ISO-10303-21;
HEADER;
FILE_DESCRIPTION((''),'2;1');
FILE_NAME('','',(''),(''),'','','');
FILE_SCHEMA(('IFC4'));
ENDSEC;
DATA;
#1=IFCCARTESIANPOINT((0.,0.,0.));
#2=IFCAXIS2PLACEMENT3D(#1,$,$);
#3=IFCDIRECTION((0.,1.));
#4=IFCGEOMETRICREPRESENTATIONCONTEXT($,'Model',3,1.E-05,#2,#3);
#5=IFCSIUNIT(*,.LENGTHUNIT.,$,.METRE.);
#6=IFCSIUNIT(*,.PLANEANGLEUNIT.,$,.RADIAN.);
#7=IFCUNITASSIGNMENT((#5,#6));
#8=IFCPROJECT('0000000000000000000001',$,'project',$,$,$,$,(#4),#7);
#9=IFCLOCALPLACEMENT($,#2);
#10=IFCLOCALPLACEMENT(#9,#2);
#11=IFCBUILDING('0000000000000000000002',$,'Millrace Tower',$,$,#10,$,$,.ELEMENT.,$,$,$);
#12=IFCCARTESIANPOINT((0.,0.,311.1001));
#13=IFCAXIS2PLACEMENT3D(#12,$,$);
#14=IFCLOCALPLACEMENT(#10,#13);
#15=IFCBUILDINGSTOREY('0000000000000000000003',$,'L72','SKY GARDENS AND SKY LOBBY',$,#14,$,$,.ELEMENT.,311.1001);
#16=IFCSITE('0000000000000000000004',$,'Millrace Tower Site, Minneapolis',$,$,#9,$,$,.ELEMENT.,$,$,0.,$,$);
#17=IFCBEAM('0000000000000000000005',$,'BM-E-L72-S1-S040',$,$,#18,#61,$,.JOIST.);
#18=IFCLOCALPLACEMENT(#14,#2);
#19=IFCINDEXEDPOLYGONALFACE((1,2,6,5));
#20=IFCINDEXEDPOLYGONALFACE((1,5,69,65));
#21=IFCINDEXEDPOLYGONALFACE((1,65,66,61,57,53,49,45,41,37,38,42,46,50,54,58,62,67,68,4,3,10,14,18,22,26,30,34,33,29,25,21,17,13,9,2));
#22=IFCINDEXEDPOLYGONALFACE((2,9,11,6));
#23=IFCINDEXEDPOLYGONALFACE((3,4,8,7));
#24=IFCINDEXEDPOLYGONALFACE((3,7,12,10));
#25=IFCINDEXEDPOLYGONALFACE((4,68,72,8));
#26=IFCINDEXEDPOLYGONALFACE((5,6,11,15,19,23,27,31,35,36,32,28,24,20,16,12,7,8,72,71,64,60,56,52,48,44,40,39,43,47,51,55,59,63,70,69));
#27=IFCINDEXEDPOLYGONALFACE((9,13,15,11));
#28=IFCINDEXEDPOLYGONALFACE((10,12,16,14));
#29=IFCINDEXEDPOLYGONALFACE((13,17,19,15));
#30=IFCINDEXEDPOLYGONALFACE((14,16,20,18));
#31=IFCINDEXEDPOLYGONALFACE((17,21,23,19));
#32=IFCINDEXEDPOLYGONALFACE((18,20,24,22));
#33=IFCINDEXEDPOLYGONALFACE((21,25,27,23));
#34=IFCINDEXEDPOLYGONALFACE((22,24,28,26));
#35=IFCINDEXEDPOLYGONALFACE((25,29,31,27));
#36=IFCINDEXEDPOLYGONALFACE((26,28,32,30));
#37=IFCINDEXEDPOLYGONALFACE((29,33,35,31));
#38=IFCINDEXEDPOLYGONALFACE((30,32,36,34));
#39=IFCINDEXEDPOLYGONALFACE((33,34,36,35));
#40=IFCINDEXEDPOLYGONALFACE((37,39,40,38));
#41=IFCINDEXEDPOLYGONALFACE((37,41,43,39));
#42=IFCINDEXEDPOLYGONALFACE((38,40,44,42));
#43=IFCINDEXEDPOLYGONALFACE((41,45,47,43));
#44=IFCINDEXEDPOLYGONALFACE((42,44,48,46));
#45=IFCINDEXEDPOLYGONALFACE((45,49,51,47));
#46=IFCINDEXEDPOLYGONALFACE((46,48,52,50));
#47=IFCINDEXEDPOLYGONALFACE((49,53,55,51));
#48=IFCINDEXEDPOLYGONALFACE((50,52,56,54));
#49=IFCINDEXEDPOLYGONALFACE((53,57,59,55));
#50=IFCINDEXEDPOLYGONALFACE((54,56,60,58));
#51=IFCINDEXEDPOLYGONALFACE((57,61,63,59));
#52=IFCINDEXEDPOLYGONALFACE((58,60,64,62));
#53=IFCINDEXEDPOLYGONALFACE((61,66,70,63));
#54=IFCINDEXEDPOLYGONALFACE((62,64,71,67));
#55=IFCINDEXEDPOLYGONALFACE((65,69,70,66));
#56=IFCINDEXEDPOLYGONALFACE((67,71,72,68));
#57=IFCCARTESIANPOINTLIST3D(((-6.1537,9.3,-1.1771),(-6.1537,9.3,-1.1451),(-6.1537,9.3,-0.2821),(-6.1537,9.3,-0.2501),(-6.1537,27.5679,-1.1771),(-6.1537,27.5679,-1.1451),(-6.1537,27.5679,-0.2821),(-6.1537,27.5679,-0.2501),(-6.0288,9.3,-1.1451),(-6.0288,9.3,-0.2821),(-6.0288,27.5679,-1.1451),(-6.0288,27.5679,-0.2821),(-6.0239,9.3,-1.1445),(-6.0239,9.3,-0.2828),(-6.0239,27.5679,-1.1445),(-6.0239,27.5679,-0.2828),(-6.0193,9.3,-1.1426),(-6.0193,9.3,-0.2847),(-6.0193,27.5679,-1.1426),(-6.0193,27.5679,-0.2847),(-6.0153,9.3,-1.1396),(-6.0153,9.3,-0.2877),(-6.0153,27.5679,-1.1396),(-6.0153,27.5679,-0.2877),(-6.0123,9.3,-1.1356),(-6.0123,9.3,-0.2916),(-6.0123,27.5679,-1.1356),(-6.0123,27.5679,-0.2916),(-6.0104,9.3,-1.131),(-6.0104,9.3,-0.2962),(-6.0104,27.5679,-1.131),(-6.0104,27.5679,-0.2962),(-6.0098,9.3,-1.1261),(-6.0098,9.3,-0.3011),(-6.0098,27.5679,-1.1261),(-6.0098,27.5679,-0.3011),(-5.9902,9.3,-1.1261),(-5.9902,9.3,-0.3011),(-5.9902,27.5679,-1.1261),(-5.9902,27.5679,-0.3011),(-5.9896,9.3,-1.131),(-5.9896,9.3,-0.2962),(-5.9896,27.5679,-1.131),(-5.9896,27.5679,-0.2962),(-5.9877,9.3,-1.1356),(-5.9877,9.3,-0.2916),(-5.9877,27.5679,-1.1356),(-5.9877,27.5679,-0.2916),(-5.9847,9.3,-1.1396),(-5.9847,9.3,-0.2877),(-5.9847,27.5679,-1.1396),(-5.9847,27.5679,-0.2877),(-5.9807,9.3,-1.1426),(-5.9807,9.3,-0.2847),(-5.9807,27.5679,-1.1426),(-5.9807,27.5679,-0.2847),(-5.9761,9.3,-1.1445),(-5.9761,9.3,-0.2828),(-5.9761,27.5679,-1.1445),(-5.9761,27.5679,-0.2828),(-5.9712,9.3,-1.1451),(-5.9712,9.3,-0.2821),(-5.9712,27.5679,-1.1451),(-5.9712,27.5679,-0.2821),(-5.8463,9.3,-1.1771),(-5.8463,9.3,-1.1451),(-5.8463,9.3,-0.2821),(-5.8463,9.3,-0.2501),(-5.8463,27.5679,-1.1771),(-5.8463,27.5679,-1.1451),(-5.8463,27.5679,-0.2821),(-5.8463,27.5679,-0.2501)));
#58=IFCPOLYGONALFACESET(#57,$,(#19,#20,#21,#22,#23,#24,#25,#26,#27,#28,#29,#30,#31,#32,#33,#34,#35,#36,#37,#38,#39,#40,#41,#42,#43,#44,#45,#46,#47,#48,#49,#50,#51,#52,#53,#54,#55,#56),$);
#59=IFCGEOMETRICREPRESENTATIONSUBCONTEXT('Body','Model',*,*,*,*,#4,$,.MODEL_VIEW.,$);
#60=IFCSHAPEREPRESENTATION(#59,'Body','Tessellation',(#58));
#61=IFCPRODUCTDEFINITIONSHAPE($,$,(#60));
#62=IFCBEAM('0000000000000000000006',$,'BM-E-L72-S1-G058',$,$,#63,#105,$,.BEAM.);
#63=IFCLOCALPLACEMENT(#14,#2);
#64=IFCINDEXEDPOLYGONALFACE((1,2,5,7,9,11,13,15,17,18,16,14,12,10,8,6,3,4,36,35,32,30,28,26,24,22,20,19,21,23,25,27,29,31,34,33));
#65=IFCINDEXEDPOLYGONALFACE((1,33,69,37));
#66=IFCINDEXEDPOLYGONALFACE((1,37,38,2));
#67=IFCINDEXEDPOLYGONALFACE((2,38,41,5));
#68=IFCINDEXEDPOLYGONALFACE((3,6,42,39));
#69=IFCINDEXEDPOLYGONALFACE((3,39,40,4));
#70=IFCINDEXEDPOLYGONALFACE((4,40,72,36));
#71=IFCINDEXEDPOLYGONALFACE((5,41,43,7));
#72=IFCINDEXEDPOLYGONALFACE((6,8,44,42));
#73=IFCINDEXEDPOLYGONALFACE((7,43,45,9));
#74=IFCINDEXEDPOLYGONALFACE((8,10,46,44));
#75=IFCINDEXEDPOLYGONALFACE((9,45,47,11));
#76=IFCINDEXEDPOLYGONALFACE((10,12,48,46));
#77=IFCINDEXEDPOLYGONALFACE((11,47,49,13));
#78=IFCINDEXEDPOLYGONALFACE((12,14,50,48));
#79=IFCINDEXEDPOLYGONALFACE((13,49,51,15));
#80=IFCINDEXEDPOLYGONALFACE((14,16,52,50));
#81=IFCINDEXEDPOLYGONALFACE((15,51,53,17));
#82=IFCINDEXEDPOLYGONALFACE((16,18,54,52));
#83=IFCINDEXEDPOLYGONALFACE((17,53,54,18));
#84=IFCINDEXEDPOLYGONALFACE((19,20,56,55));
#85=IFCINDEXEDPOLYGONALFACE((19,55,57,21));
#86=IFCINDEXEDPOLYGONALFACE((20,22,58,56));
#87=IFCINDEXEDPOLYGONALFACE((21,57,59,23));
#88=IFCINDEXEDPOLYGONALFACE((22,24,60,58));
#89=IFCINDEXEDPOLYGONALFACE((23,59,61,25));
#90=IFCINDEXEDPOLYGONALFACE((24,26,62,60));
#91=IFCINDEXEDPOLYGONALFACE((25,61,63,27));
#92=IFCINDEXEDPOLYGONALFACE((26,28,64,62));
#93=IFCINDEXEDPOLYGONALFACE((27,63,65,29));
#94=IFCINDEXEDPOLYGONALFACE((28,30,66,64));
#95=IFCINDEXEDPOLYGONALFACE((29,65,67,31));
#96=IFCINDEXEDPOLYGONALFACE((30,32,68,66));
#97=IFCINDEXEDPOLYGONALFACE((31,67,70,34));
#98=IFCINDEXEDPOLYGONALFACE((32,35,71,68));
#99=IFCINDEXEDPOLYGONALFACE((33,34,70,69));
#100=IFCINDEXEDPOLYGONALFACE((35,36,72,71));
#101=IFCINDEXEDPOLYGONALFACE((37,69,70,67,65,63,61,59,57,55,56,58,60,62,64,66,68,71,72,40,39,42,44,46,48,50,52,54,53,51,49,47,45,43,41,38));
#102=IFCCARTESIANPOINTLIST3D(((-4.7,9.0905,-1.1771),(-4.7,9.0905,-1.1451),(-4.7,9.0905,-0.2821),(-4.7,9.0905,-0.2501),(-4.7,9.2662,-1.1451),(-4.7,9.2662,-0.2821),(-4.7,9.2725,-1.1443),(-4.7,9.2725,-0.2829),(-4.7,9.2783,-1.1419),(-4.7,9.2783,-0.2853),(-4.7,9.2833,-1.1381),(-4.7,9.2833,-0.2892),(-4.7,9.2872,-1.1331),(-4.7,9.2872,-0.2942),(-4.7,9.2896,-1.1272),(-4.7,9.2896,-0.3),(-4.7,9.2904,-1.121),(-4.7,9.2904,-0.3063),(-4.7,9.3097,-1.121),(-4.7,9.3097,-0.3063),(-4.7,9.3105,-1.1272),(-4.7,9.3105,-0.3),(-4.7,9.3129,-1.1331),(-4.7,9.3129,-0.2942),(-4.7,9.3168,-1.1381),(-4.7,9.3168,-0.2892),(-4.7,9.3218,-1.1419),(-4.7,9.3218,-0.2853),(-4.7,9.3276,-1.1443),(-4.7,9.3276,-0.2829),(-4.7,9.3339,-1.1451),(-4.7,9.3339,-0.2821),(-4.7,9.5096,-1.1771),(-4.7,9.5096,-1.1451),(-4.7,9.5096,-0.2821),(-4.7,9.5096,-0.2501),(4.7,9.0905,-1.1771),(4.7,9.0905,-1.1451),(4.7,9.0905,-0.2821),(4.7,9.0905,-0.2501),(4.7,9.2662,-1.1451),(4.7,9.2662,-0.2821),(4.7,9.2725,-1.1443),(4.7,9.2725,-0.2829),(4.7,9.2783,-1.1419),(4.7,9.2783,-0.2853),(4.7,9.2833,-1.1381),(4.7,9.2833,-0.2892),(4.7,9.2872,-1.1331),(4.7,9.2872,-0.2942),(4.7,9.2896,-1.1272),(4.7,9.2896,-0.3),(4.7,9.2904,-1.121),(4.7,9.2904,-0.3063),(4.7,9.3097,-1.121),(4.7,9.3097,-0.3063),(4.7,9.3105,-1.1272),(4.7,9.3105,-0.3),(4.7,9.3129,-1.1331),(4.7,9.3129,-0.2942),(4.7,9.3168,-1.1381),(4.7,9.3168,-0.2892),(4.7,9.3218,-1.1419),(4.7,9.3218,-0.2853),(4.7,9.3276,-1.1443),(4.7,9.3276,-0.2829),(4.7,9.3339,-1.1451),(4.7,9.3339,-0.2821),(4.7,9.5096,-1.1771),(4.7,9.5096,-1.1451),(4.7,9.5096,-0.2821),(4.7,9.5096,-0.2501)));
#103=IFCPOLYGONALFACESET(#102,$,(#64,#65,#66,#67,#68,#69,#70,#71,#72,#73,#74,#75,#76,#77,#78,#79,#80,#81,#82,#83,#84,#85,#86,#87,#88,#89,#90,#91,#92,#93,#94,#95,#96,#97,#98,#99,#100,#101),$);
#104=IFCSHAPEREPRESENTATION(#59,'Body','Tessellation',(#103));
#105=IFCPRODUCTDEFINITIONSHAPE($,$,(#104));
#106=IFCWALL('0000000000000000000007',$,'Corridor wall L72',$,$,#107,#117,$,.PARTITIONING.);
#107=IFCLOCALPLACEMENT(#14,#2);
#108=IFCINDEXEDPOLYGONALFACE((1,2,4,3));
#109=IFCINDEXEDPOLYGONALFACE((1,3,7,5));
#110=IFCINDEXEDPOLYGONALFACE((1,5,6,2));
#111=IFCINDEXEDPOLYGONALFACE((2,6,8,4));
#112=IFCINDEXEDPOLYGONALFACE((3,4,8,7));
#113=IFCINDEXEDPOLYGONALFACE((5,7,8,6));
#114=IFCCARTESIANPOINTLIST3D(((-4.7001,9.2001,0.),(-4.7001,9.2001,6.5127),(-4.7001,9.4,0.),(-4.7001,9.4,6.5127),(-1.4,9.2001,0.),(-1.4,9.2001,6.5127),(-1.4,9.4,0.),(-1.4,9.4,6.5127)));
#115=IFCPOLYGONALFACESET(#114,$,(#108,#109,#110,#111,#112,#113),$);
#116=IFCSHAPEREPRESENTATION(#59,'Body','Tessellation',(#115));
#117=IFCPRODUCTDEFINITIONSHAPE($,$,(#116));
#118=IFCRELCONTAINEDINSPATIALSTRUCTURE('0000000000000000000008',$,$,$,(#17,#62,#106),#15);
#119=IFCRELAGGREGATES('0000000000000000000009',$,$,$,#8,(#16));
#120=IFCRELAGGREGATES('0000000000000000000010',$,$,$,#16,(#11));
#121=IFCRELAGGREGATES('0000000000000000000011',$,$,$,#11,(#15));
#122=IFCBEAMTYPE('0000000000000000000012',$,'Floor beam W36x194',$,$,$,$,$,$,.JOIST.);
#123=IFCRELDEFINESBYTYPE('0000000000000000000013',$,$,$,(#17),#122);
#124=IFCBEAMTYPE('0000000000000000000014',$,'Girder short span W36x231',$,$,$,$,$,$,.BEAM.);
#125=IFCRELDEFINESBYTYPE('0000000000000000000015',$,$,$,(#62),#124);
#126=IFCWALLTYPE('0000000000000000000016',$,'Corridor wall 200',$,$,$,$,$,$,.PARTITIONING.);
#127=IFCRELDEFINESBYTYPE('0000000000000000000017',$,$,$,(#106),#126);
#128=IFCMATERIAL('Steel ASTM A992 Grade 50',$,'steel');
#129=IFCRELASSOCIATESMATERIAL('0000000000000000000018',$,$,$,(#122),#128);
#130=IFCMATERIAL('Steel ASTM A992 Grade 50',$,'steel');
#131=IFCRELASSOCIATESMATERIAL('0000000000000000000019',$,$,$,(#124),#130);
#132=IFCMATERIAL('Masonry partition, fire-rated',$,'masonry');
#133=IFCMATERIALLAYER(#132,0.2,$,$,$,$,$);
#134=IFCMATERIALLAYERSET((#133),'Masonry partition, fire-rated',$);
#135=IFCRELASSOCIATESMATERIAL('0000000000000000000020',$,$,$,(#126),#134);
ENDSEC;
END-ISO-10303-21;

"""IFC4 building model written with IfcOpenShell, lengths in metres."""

from ifc_helpers import new_model, si_unit, direction, frame, frame_2d, origin, origin_2d, place, context, subcontext, project, spatial, rectangle, i_section, extrude, material, layer, layer_set, material_profile, profile_set, type_object, element, save


model = new_model("IFC4")

# Units and contexts
model_context = context("Model", 3, precision=1e-05, world=origin(), true_north=direction((0.0, 1.0)))
body_context = subcontext(model_context, "Body", "Model", "MODEL_VIEW")
ifc_project = project(units=[si_unit("LENGTHUNIT", "METRE"), si_unit("PLANEANGLEUNIT", "RADIAN")], contexts=[model_context])

# Site, building, storey
site_placement = place(None, origin())
site = spatial("IfcSite", under=ifc_project, at=site_placement, Name="Millrace Tower Site, Minneapolis", CompositionType="ELEMENT", RefElevation=0.0)
building_placement = place(site_placement, origin())
building = spatial("IfcBuilding", under=site, at=building_placement, Name="Millrace Tower", CompositionType="ELEMENT")
storey_placement = place(building_placement, frame((0.0, 0.0, 311.1001)))
storey = spatial("IfcBuildingStorey", under=building, at=storey_placement, Name="L72", Description="SKY GARDENS AND SKY LOBBY", CompositionType="ELEMENT", Elevation=311.1001)

# Beams
ifc_material_1 = material(Name="Steel ASTM A992 Grade 50", Category="steel")
ifc_material_profile_1 = material_profile(ifc_material_1, i_section(OverallWidth=0.3074, OverallDepth=0.927, WebThickness=0.0195, FlangeThickness=0.032, FilletRadius=0.019, at=origin_2d()))
ifc_profile_set_1 = profile_set([ifc_material_profile_1], Name="Steel ASTM A992 Grade 50")
beam_type_1 = type_object("IfcBeamType", Name="Floor beam W36x194", PredefinedType="JOIST", material=ifc_profile_set_1)
beam_1_placement = place(storey_placement, frame((-6.0, 9.3, -0.7136), z_axis=(0.0, 1.0, 0.0), x_axis=(-1.0, 0.0, 0.0)))
element("IfcBeam", 1, at=beam_1_placement, inside=storey, type_object=beam_type_1, Name="BM-E-L72-S1-S040", PredefinedType="JOIST", context=body_context, shape_type="SweptSolid", body=[
    extrude(i_section(OverallWidth=0.3074, OverallDepth=0.927, WebThickness=0.0195, FlangeThickness=0.032, FilletRadius=0.019, at=origin_2d()), origin(), (0.0, 0.0, 1.0), 18.2678),
])
ifc_material_2 = material(Name="Steel ASTM A992 Grade 50", Category="steel")
ifc_material_profile_2 = material_profile(ifc_material_2, i_section(OverallWidth=0.4192, OverallDepth=0.927, WebThickness=0.0193, FlangeThickness=0.032, FilletRadius=0.0242, at=origin_2d()))
ifc_profile_set_2 = profile_set([ifc_material_profile_2], Name="Steel ASTM A992 Grade 50")
beam_type_2 = type_object("IfcBeamType", Name="Girder short span W36x231", PredefinedType="BEAM", material=ifc_profile_set_2)
beam_2_placement = place(storey_placement, frame((-4.7, 9.3, -0.7136), z_axis=(1.0, 0.0, 0.0), x_axis=(0.0, 1.0, 0.0)))
element("IfcBeam", 2, at=beam_2_placement, inside=storey, type_object=beam_type_2, Name="BM-E-L72-S1-G058", PredefinedType="BEAM", context=body_context, shape_type="SweptSolid", body=[
    extrude(i_section(OverallWidth=0.4192, OverallDepth=0.927, WebThickness=0.0193, FlangeThickness=0.032, FilletRadius=0.0242, at=origin_2d()), origin(), (0.0, 0.0, 1.0), 9.3999),
])

# Wall
ifc_material_3 = material(Name="Masonry partition, fire-rated", Category="masonry")
ifc_layer_1 = layer(ifc_material_3, 0.2)
ifc_layer_set_1 = layer_set([ifc_layer_1], Name="Masonry partition, fire-rated")
wall_type_1 = type_object("IfcWallType", Name="Corridor wall 200", PredefinedType="PARTITIONING", material=ifc_layer_set_1)
wall_1_placement = place(storey_placement, frame((-4.7, 9.3, 0.0), z_axis=(0.0, 0.0, 1.0), x_axis=(1.0, 0.0, 0.0)))
element("IfcWall", 3, at=wall_1_placement, inside=storey, type_object=wall_type_1, Name="Corridor wall L72", PredefinedType="PARTITIONING", context=body_context, shape_type="SweptSolid", body=[
    extrude(rectangle(XDim=3.3, YDim=0.2, at=frame_2d((1.6499, 0.0))), origin(), (0.0, 0.0, 1.0), 6.5127),
])

save(model, "model.ifc")
